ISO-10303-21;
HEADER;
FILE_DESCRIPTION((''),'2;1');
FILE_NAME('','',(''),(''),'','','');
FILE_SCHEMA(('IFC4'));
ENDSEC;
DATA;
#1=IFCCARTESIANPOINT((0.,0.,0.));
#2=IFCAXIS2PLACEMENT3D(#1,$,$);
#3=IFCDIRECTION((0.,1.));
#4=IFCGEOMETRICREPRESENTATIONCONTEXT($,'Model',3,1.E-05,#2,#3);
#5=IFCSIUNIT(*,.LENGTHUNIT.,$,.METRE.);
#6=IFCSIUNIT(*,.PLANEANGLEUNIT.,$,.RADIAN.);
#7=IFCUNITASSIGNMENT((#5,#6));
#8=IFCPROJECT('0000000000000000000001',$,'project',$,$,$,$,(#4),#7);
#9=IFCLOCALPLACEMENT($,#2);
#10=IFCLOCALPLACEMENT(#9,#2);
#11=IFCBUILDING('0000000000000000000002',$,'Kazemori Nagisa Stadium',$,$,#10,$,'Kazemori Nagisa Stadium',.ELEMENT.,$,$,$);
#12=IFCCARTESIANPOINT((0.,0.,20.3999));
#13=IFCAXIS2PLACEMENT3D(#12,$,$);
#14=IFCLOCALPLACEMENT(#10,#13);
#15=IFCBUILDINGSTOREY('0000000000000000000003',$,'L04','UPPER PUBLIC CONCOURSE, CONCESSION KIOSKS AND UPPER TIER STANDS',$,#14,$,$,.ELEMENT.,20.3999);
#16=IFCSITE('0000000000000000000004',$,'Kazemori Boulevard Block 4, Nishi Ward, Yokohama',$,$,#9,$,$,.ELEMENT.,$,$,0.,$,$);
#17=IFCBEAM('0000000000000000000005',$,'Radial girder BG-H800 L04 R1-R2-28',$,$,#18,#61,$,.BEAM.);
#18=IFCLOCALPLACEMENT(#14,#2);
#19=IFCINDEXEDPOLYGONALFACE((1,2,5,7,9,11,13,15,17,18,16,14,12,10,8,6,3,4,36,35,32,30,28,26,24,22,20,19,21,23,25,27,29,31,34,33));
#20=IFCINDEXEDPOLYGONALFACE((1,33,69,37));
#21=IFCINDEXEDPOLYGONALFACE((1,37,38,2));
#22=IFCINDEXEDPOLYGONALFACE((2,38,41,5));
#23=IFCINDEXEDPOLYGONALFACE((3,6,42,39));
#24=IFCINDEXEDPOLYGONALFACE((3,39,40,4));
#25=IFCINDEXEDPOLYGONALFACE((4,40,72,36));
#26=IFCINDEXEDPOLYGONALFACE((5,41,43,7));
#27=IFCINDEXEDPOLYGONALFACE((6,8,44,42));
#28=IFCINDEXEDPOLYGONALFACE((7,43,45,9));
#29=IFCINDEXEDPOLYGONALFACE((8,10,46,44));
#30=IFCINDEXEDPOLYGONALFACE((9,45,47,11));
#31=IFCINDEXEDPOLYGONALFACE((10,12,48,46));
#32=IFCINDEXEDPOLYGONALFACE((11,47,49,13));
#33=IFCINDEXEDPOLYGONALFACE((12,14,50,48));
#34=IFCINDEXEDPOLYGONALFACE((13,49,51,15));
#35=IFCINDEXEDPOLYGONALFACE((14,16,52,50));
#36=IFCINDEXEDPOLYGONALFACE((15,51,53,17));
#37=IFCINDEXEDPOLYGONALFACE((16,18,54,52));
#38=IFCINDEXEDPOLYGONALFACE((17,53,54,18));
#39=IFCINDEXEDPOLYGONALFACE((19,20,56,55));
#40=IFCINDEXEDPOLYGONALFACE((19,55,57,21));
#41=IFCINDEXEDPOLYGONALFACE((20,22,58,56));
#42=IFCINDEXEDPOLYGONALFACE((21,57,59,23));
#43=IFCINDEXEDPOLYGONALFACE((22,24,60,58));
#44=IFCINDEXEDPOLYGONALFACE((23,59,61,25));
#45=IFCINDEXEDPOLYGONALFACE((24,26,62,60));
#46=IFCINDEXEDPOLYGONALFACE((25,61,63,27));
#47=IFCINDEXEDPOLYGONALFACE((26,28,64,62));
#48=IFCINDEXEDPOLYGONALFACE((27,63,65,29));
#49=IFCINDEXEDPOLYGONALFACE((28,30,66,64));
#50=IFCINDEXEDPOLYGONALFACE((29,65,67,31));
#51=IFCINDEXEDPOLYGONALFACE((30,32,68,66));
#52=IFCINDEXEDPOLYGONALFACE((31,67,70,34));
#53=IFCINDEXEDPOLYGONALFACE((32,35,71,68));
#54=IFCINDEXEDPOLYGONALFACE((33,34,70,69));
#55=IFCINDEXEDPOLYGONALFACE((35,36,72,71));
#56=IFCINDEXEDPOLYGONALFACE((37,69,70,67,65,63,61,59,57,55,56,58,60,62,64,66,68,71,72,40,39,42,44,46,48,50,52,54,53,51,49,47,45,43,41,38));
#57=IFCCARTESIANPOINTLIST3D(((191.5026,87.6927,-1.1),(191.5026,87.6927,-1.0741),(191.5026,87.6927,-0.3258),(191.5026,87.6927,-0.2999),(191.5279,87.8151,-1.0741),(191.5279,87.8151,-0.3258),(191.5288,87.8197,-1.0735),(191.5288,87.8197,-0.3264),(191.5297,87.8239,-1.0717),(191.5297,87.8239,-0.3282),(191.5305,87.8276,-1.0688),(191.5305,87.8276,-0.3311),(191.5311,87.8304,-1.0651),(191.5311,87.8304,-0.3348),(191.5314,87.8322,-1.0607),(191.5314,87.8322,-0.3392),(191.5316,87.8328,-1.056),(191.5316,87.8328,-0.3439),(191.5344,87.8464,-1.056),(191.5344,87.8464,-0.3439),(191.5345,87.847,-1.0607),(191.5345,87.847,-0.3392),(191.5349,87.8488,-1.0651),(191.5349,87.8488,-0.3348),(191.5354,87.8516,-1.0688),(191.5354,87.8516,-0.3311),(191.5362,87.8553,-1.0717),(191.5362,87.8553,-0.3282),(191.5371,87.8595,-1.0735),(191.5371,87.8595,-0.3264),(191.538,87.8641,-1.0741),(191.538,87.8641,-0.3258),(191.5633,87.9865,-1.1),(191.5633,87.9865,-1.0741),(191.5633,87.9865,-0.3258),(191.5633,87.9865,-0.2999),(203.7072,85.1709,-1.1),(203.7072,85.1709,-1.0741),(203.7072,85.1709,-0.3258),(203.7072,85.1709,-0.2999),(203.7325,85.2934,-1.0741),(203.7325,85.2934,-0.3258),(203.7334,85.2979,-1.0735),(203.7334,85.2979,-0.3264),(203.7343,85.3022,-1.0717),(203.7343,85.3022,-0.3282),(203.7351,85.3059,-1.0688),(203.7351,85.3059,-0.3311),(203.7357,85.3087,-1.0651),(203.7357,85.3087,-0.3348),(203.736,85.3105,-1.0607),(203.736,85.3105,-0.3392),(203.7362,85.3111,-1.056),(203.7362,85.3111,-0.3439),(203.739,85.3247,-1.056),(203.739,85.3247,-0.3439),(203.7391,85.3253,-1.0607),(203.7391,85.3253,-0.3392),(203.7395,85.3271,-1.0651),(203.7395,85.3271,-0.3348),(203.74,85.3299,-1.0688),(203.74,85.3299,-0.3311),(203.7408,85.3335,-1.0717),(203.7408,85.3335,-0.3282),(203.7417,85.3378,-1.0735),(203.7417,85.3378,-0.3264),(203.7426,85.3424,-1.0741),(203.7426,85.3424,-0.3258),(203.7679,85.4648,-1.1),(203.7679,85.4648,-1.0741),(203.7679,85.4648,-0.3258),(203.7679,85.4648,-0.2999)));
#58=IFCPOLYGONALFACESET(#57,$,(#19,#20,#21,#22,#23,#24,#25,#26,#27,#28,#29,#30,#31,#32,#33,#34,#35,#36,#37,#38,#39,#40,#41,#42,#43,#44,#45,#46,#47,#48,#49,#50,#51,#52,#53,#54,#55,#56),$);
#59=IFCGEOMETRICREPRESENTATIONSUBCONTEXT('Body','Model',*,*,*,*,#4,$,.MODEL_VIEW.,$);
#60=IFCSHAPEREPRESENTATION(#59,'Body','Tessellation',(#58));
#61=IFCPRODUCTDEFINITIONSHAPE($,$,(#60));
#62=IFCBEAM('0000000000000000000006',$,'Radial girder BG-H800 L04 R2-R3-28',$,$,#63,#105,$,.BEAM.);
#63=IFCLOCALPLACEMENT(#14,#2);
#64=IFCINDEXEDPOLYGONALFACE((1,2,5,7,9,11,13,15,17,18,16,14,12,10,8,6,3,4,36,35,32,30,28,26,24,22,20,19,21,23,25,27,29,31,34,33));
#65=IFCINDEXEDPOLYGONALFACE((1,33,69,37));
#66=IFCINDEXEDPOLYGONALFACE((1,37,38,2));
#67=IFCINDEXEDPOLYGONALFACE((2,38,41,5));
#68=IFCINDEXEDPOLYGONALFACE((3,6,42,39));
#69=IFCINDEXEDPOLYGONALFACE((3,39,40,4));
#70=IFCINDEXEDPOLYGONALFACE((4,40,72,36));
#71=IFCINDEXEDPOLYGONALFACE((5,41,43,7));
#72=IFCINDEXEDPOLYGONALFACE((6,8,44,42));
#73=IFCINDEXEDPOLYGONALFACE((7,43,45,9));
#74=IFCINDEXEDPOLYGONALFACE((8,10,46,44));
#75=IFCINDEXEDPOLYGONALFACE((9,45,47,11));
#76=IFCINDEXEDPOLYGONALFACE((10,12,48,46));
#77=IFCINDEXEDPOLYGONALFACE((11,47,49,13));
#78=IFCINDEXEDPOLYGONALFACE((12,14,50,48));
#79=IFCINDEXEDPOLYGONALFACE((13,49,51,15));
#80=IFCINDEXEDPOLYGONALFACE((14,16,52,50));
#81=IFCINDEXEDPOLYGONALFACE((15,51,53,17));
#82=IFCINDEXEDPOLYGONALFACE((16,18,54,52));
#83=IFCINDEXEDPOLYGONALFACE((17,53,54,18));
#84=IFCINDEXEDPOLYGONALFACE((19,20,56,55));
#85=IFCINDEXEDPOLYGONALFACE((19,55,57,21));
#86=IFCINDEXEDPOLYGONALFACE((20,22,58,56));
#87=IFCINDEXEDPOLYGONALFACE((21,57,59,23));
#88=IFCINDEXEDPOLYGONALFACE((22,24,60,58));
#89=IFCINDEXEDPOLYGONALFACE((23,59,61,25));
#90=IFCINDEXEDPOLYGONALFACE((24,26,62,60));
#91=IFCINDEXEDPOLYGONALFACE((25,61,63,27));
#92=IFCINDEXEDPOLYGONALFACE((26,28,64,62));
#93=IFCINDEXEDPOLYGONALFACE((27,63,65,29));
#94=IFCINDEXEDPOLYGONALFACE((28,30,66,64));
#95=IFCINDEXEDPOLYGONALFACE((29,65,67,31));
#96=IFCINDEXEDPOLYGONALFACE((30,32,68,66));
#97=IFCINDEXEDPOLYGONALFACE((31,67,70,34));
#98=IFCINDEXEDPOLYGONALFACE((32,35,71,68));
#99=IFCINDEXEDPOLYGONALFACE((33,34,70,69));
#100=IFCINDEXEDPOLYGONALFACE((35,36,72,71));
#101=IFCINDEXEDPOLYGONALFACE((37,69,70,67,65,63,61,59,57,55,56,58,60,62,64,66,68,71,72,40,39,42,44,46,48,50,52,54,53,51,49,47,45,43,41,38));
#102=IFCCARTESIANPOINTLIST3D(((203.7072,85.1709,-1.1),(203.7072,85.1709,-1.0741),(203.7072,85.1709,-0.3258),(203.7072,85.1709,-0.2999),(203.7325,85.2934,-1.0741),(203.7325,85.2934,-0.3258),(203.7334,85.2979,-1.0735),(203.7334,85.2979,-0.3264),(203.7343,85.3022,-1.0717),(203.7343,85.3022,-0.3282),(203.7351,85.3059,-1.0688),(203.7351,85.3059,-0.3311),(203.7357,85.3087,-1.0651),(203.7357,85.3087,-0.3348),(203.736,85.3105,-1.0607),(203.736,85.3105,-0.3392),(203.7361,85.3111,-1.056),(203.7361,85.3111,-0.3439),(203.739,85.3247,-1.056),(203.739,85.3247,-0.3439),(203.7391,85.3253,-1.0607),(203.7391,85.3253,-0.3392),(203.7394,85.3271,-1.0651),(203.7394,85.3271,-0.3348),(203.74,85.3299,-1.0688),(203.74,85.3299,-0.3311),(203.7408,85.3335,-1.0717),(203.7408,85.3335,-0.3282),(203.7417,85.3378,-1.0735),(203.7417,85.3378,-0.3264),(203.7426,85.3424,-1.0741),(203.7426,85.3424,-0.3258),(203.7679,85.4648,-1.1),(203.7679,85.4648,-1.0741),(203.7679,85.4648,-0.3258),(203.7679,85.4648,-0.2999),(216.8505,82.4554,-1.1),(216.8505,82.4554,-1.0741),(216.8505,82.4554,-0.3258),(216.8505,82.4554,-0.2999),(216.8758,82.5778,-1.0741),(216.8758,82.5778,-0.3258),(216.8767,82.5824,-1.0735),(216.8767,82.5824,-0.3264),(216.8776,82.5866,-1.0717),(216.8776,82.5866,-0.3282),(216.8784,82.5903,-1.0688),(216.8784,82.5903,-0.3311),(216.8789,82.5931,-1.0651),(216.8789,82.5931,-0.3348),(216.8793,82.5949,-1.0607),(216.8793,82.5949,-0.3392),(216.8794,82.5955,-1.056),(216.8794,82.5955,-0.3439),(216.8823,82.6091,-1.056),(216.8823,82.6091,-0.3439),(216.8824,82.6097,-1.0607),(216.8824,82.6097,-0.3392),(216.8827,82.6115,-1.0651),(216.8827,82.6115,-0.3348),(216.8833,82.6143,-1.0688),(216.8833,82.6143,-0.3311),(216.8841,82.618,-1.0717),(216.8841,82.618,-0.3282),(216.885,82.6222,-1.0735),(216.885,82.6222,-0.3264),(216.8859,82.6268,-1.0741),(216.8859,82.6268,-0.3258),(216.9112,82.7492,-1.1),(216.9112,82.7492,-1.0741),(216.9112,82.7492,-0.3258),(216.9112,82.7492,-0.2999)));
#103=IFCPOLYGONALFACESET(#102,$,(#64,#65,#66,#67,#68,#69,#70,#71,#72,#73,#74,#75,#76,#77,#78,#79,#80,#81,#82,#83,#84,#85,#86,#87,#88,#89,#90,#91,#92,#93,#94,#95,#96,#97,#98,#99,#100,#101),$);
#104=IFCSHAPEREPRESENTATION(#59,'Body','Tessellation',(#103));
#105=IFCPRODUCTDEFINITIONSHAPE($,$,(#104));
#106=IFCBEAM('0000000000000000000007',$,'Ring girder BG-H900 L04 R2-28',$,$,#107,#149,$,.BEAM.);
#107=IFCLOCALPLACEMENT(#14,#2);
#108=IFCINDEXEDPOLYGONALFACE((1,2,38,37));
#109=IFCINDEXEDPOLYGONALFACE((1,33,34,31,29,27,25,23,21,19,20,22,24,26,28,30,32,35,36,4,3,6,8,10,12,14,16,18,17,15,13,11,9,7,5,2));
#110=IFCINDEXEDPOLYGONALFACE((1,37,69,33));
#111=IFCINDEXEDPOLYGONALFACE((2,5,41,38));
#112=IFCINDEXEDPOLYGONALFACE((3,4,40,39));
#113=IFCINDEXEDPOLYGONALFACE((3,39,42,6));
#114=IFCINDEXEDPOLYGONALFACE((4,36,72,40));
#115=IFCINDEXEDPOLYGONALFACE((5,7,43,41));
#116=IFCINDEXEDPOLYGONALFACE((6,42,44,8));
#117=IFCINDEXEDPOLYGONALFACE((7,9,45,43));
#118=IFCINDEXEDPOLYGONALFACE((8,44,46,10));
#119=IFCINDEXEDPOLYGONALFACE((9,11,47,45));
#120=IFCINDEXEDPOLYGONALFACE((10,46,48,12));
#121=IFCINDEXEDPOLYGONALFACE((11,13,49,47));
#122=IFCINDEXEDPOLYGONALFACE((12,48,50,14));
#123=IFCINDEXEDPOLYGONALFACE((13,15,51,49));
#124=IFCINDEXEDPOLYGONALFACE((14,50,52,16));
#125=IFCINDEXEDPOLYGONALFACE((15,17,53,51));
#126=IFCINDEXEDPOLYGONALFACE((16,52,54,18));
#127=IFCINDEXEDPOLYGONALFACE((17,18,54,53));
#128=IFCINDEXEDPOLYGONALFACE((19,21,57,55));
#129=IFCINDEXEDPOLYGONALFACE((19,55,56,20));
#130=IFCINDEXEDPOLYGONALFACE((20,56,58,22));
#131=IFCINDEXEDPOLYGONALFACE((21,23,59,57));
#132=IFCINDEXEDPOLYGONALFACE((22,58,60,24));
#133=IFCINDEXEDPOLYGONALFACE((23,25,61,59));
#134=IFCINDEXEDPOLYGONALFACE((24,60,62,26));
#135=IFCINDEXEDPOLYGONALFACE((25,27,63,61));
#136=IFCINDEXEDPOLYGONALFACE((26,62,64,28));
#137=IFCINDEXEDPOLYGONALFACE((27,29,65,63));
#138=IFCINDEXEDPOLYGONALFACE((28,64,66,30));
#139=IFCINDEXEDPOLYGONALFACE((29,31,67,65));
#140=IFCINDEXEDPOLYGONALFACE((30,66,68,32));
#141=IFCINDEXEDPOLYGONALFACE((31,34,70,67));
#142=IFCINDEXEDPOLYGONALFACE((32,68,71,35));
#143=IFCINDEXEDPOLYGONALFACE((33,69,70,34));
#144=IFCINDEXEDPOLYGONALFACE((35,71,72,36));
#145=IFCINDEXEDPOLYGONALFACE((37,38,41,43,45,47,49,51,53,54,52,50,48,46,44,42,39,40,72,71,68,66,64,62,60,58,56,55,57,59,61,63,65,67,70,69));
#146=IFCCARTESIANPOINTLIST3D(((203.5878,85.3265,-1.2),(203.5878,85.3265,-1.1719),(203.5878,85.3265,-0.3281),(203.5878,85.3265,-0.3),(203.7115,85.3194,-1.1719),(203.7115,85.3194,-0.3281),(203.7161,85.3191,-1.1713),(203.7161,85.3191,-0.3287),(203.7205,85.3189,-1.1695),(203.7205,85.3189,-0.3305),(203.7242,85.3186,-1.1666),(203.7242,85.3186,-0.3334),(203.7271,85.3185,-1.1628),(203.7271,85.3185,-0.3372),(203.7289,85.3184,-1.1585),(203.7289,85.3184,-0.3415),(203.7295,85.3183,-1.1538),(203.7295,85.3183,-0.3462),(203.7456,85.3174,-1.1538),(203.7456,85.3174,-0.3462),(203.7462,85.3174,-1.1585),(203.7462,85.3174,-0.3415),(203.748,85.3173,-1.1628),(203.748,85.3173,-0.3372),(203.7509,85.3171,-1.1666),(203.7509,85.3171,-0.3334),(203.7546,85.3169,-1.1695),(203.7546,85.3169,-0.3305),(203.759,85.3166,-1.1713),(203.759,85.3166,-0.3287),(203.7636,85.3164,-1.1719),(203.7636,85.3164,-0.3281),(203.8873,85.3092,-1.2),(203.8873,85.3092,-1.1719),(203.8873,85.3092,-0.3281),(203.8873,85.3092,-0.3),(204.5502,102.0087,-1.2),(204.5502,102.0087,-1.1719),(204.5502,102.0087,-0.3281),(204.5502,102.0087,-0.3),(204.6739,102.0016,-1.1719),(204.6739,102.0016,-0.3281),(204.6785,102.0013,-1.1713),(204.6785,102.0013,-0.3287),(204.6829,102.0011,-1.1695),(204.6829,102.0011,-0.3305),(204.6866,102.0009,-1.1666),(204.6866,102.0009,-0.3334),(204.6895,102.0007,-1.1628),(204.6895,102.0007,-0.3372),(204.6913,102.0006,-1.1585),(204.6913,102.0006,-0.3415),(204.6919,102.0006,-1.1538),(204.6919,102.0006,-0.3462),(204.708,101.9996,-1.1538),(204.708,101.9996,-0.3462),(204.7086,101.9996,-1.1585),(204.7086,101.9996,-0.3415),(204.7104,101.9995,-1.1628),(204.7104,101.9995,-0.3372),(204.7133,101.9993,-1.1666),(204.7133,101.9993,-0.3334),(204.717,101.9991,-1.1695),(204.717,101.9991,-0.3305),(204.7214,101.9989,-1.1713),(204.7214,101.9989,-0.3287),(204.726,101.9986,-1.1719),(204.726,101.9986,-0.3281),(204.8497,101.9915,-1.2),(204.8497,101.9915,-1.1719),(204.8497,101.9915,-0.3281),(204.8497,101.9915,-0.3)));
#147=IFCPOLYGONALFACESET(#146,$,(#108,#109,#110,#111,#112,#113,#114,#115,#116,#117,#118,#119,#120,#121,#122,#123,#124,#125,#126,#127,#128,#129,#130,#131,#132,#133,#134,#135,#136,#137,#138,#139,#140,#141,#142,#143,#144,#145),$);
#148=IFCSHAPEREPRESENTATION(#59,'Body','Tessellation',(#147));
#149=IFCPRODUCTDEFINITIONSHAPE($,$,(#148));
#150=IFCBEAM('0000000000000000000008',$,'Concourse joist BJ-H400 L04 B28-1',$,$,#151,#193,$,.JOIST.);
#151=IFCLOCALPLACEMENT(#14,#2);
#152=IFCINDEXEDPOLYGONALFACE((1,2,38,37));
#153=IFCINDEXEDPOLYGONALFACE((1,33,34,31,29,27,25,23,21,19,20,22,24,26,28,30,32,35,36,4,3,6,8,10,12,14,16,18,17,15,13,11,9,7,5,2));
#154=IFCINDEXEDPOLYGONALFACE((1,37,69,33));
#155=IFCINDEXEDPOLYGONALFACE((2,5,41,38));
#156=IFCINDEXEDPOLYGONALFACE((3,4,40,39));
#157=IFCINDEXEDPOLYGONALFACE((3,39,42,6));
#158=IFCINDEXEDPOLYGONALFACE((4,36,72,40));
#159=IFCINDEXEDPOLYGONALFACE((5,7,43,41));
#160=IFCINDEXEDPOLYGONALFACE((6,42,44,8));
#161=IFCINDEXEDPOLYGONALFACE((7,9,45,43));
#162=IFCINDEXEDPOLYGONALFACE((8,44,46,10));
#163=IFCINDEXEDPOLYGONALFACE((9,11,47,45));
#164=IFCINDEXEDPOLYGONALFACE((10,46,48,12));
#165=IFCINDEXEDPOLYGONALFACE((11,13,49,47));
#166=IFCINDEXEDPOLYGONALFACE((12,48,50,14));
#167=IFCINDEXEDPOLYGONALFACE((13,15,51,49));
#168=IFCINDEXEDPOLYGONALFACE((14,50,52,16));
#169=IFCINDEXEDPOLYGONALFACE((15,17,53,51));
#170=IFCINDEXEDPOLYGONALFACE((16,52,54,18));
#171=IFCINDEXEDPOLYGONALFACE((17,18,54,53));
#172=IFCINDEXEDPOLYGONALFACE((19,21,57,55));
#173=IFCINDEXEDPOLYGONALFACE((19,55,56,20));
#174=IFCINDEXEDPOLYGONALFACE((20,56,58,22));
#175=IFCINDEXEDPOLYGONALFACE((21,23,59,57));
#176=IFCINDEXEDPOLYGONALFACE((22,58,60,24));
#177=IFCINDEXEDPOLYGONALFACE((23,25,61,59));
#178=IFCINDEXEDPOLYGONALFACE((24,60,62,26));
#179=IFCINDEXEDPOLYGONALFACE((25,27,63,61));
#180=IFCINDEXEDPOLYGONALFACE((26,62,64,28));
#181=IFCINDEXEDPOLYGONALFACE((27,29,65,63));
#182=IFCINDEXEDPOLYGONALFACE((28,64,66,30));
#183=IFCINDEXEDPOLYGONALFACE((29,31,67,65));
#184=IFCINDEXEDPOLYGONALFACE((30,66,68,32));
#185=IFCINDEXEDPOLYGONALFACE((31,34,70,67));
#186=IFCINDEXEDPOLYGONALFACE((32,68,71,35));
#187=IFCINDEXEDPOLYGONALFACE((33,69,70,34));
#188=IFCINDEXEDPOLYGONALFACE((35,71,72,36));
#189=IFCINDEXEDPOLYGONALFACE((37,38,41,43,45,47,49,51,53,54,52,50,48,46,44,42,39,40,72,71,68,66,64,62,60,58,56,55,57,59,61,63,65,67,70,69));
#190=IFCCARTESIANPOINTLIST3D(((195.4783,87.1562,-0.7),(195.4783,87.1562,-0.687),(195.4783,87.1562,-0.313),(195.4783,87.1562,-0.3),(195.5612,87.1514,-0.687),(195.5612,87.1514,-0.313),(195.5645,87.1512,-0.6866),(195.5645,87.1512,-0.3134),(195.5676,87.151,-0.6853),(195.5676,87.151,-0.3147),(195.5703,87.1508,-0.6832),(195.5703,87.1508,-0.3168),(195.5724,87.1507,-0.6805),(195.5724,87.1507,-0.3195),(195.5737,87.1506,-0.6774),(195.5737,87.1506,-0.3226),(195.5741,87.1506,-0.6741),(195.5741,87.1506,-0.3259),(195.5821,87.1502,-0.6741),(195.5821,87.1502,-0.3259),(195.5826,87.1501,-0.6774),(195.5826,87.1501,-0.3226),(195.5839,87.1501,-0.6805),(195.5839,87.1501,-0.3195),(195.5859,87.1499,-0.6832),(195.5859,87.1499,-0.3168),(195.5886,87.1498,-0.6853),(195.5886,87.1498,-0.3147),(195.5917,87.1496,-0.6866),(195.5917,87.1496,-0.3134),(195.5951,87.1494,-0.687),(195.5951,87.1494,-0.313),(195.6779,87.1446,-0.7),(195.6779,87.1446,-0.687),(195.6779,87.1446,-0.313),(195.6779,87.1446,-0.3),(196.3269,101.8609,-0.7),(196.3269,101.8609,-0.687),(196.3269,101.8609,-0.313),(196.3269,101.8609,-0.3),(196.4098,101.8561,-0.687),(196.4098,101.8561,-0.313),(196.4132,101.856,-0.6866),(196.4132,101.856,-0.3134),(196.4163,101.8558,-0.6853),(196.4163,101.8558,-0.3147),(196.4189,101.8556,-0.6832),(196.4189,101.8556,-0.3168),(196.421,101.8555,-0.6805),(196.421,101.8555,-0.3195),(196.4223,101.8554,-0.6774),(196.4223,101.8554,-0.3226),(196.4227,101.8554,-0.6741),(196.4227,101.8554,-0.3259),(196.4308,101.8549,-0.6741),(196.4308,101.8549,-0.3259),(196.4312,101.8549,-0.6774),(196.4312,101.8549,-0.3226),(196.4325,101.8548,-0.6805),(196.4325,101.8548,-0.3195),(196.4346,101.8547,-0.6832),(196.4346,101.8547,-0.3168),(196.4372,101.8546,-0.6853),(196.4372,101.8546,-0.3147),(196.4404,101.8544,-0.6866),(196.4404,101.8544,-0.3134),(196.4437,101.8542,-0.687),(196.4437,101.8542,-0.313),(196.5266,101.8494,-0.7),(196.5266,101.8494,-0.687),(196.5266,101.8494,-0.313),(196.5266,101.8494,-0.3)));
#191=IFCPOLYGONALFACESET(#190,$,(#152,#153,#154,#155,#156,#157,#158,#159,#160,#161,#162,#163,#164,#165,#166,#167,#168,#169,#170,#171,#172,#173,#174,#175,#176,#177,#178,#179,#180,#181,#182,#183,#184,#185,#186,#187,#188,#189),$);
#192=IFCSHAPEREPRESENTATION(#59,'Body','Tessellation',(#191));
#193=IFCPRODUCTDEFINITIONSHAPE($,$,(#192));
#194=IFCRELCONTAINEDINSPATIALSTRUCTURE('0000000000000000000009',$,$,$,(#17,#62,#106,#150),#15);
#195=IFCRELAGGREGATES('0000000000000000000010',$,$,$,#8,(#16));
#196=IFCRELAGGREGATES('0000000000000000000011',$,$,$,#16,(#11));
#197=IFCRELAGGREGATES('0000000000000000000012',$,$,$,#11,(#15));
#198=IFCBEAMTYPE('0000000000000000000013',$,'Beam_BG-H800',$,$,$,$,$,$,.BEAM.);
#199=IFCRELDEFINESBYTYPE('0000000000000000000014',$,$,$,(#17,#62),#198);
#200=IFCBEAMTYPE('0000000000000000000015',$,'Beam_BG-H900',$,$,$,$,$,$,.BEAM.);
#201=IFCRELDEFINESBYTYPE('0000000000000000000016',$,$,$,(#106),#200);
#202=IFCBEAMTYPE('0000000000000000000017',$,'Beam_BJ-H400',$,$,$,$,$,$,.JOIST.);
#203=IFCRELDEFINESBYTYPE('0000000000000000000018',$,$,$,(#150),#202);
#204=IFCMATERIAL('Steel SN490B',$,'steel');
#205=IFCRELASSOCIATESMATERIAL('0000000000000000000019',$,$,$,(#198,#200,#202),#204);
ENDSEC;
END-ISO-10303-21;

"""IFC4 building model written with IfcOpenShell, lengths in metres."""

from ifc_helpers import new_model, si_unit, direction, frame, origin, origin_2d, place, context, subcontext, project, spatial, i_section, extrude, material, material_profile, profile_set, type_object, element, save


model = new_model("IFC4")

# Units and contexts
model_context = context("Model", 3, precision=1e-05, world=origin(), true_north=direction((0.0, 1.0)))
body_context = subcontext(model_context, "Body", "Model", "MODEL_VIEW")
ifc_project = project(units=[si_unit("LENGTHUNIT", "METRE"), si_unit("PLANEANGLEUNIT", "RADIAN")], contexts=[model_context])

# Site, building, storey
site_placement = place(None, origin())
site = spatial("IfcSite", under=ifc_project, at=site_placement, Name="Kazemori Boulevard Block 4, Nishi Ward, Yokohama", CompositionType="ELEMENT", RefElevation=0.0)
building_placement = place(site_placement, origin())
building = spatial("IfcBuilding", under=site, at=building_placement, Name="Kazemori Nagisa Stadium", LongName="Kazemori Nagisa Stadium", CompositionType="ELEMENT")
storey_placement = place(building_placement, frame((0.0, 0.0, 20.3999)))
storey = spatial("IfcBuildingStorey", under=building, at=storey_placement, Name="L04", Description="UPPER PUBLIC CONCOURSE, CONCESSION KIOSKS AND UPPER TIER STANDS", CompositionType="ELEMENT", Elevation=20.3999)

# Beams
ifc_material_1 = material(Name="Steel SN490B", Category="steel")
ifc_material_profile_1 = material_profile(ifc_material_1, i_section(OverallWidth=0.3, OverallDepth=0.8, WebThickness=0.0139, FlangeThickness=0.0259, FilletRadius=0.0181, at=origin_2d()), Name="H-800x300x14x26")
ifc_profile_set_1 = profile_set([ifc_material_profile_1], Name="Steel SN490B")
beam_type_1 = type_object("IfcBeamType", Name="Beam_BG-H800", PredefinedType="BEAM", material=ifc_profile_set_1)
beam_1_placement = place(storey_placement, frame((191.533, 87.8396, -0.7), z_axis=(0.979314, -0.202347, 0.0), x_axis=(0.202347, 0.979314, 0.0)))
element("IfcBeam", 1, at=beam_1_placement, inside=storey, type_object=beam_type_1, Name="Radial girder BG-H800 L04 R1-R2-28", PredefinedType="BEAM", context=body_context, shape_type="SweptSolid", body=[
    extrude(i_section(OverallWidth=0.3, OverallDepth=0.8, WebThickness=0.0139, FlangeThickness=0.0259, FilletRadius=0.0181, at=origin_2d()), origin(), (0.0, 0.0, 1.0), 12.4624),
])
beam_2_placement = place(storey_placement, frame((203.7375, 85.3179, -0.7), z_axis=(0.979316, -0.202339, 0.0), x_axis=(0.202339, 0.979316, 0.0)))
element("IfcBeam", 2, at=beam_2_placement, inside=storey, type_object=beam_type_1, Name="Radial girder BG-H800 L04 R2-R3-28", PredefinedType="BEAM", context=body_context, shape_type="SweptSolid", body=[
    extrude(i_section(OverallWidth=0.3, OverallDepth=0.8, WebThickness=0.0139, FlangeThickness=0.0259, FilletRadius=0.0181, at=origin_2d()), origin(), (0.0, 0.0, 1.0), 13.4209),
])
ifc_material_profile_2 = material_profile(ifc_material_1, i_section(OverallWidth=0.3, OverallDepth=0.8999, WebThickness=0.0161, FlangeThickness=0.0281, FilletRadius=0.0181, at=origin_2d()), Name="H-900x300x16x28")
ifc_profile_set_2 = profile_set([ifc_material_profile_2], Name="Steel SN490B")
beam_type_2 = type_object("IfcBeamType", Name="Beam_BG-H900", PredefinedType="BEAM", material=ifc_profile_set_2)
beam_3_placement = place(storey_placement, frame((203.7375, 85.3179, -0.75), z_axis=(0.057595, 0.99834, 0.0), x_axis=(-0.99834, 0.057595, 0.0)))
element("IfcBeam", 3, at=beam_3_placement, inside=storey, type_object=beam_type_2, Name="Ring girder BG-H900 L04 R2-28", PredefinedType="BEAM", context=body_context, shape_type="SweptSolid", body=[
    extrude(i_section(OverallWidth=0.3, OverallDepth=0.8999, WebThickness=0.0161, FlangeThickness=0.0281, FilletRadius=0.0181, at=origin_2d()), origin(), (0.0, 0.0, 1.0), 16.71),
])
ifc_material_profile_3 = material_profile(ifc_material_1, i_section(OverallWidth=0.2, OverallDepth=0.3999, WebThickness=0.0081, FlangeThickness=0.0129, FilletRadius=0.0129, at=origin_2d()), Name="H-400x200x8x13")
ifc_profile_set_3 = profile_set([ifc_material_profile_3], Name="Steel SN490B")
beam_type_3 = type_object("IfcBeamType", Name="Beam_BJ-H400", PredefinedType="JOIST", material=ifc_profile_set_3)
beam_4_placement = place(storey_placement, frame((195.5781, 87.1504, -0.5), z_axis=(0.057615, 0.998339, 0.0), x_axis=(-0.998339, 0.057615, 0.0)))
element("IfcBeam", 4, at=beam_4_placement, inside=storey, type_object=beam_type_3, Name="Concourse joist BJ-H400 L04 B28-1", PredefinedType="JOIST", context=body_context, shape_type="SweptSolid", body=[
    extrude(i_section(OverallWidth=0.2, OverallDepth=0.3999, WebThickness=0.0081, FlangeThickness=0.0129, FilletRadius=0.0129, at=origin_2d()), origin(), (0.0, 0.0, 1.0), 14.7292),
])

save(model, "model.ifc")
